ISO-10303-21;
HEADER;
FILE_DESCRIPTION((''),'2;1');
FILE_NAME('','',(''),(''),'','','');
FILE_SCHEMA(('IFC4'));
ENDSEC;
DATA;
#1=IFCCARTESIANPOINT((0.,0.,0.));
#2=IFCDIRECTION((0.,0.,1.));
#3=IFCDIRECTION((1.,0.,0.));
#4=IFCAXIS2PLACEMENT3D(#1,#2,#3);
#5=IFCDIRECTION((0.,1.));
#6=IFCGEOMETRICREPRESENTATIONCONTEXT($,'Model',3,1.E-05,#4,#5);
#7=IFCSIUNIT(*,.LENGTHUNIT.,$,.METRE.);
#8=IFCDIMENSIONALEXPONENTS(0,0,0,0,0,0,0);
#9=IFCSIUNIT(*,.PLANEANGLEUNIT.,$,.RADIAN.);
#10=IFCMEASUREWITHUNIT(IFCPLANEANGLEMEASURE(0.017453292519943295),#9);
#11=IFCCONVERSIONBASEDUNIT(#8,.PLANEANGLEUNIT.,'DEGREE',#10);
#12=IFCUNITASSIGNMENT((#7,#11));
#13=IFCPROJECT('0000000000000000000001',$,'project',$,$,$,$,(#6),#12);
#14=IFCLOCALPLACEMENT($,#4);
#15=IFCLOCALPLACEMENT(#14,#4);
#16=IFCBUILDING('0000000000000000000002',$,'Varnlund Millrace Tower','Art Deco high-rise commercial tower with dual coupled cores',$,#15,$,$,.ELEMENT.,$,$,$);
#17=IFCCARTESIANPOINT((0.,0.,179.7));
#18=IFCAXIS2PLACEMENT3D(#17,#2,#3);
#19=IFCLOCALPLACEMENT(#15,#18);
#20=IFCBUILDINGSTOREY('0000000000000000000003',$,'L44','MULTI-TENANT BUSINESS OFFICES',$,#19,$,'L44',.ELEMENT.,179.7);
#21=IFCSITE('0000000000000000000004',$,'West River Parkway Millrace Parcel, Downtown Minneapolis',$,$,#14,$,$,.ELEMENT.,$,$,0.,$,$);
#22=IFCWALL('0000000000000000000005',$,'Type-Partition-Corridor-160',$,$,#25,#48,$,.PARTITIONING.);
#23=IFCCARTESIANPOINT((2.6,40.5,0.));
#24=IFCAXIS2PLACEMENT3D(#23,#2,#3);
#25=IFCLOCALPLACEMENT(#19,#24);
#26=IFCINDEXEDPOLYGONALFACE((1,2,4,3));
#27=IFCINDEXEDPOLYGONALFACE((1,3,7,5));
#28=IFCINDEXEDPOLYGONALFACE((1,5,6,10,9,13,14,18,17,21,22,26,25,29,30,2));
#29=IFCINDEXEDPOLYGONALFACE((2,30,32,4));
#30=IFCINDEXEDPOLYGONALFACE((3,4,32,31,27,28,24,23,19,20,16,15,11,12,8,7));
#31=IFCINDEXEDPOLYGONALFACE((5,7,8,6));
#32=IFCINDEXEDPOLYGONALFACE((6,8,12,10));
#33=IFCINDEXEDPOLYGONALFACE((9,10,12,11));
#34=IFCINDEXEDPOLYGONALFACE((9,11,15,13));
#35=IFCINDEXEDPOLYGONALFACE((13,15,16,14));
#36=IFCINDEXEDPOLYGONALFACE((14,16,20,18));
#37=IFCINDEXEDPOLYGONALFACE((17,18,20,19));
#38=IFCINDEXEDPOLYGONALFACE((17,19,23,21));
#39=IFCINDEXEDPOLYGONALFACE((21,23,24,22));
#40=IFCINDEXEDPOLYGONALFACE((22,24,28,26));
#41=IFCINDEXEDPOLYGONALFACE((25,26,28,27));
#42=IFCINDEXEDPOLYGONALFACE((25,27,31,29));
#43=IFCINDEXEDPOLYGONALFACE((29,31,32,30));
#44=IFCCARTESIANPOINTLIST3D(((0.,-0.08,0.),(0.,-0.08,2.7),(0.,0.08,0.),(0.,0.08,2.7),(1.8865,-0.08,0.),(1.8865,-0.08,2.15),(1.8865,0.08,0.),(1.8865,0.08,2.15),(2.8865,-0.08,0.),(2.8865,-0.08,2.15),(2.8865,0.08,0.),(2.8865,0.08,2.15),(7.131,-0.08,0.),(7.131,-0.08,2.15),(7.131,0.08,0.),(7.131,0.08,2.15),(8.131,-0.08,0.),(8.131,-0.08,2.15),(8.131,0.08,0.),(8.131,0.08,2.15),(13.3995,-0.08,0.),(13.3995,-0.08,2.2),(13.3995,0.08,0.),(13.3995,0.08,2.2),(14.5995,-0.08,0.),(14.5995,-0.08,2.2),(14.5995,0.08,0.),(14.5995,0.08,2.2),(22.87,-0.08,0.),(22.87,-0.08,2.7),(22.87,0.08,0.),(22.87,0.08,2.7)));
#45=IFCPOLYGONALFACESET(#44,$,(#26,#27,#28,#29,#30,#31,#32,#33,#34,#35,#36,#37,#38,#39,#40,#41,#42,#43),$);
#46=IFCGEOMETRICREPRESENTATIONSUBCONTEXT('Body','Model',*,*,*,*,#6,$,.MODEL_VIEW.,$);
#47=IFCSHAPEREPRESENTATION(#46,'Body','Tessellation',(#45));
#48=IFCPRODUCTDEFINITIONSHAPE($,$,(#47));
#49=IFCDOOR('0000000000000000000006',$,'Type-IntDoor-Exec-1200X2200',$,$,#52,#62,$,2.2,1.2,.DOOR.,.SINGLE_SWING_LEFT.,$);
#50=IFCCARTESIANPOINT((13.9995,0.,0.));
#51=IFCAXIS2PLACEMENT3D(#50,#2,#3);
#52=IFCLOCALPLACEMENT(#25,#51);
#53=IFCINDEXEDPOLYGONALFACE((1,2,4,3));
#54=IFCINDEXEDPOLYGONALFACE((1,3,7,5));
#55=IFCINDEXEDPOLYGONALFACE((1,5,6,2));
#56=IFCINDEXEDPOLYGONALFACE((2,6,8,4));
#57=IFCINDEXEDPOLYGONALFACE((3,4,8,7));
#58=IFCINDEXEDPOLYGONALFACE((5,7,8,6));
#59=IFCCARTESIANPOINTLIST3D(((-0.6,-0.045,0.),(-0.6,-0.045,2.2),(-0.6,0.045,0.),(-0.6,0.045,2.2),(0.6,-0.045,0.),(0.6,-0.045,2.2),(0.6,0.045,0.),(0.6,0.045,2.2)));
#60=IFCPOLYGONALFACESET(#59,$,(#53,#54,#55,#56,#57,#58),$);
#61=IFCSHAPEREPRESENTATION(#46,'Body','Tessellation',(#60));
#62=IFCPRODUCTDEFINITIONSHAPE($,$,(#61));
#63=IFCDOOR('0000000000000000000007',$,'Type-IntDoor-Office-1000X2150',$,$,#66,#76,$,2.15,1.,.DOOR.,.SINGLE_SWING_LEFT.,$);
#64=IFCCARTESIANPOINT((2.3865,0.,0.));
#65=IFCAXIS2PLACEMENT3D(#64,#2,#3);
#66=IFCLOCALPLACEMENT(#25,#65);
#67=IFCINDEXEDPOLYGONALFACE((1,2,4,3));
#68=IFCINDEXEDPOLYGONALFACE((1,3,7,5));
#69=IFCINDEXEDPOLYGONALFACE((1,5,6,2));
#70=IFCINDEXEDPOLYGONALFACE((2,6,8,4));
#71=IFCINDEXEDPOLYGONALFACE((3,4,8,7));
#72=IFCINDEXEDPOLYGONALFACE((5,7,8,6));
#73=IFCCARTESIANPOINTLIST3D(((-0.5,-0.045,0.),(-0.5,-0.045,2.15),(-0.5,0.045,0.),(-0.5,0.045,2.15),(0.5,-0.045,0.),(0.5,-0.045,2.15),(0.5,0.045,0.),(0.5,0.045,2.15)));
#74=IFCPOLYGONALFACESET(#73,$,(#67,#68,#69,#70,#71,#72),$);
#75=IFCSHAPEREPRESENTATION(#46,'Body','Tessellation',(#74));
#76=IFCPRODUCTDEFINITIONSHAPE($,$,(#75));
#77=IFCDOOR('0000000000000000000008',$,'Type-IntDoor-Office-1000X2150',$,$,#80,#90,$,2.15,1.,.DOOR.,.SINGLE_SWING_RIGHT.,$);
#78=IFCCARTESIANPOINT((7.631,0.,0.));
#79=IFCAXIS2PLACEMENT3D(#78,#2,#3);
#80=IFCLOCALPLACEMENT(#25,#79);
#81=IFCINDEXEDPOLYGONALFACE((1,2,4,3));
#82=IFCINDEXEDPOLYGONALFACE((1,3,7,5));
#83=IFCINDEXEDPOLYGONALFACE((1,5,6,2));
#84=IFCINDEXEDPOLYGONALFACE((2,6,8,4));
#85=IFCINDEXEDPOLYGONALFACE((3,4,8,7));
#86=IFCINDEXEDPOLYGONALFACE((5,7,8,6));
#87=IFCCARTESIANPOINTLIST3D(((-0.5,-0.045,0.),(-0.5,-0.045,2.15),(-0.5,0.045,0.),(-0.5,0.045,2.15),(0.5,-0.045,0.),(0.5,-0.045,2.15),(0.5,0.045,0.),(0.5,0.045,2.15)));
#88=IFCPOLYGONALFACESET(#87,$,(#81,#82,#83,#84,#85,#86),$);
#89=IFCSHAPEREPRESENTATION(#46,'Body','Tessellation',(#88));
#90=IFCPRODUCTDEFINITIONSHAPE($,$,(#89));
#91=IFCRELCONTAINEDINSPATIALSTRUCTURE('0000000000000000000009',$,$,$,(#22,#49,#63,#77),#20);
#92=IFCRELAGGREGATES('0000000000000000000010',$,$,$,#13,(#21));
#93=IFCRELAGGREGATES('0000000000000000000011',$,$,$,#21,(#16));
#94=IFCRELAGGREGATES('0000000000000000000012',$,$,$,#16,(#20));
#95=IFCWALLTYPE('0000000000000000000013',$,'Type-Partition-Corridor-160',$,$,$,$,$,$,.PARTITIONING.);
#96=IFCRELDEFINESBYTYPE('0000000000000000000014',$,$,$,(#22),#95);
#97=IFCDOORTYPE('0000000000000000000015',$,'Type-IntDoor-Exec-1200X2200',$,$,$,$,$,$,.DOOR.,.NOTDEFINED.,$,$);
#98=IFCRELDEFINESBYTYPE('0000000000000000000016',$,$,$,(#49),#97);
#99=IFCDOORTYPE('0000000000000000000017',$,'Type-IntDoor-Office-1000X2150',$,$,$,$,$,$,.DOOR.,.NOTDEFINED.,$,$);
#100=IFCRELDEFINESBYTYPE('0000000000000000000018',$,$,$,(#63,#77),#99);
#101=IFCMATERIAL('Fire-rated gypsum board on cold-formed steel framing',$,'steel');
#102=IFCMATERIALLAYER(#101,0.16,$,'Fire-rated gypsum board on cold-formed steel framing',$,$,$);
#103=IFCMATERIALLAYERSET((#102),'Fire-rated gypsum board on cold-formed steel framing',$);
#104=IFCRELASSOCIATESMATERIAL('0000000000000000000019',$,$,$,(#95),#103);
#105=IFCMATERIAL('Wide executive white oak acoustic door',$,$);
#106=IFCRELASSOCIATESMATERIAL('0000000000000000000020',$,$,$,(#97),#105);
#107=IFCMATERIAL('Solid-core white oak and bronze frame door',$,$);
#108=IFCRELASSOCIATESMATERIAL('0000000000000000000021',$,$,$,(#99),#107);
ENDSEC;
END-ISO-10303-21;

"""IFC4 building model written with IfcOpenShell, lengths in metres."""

from ifc_helpers import new_model, entity, si_unit, converted_unit, direction, frame, origin_with_axes, origin_2d_with_axis, place, context, subcontext, project, spatial, polyline, rectangle, outline, extrude, material, layer, layer_set, type_object, element, fill, save


model = new_model("IFC4")

# Units and contexts
model_context = context("Model", 3, precision=1e-05, world=origin_with_axes(), true_north=direction((0.0, 1.0)))
body_context = subcontext(model_context, "Body", "Model", "MODEL_VIEW")
ifc_project = project(units=[si_unit("LENGTHUNIT", "METRE"), converted_unit("PLANEANGLEUNIT", "DEGREE", entity("IfcPlaneAngleMeasure", 0.017453292519943295), si_unit("PLANEANGLEUNIT", "RADIAN"), dimensions=[0, 0, 0, 0, 0, 0, 0])], contexts=[model_context])

# Site, building, storey
site_placement = place(None, origin_with_axes())
site = spatial("IfcSite", under=ifc_project, at=site_placement, Name="West River Parkway Millrace Parcel, Downtown Minneapolis", CompositionType="ELEMENT", RefElevation=0.0)
building_placement = place(site_placement, origin_with_axes())
building = spatial("IfcBuilding", under=site, at=building_placement, Name="Varnlund Millrace Tower", Description="Art Deco high-rise commercial tower with dual coupled cores", CompositionType="ELEMENT")
storey_placement = place(building_placement, frame((0.0, 0.0, 179.7), z_axis=(0.0, 0.0, 1.0), x_axis=(1.0, 0.0, 0.0)))
storey = spatial("IfcBuildingStorey", under=building, at=storey_placement, Name="L44", Description="MULTI-TENANT BUSINESS OFFICES", LongName="L44", CompositionType="ELEMENT", Elevation=179.7)

# Shared definitions
ifc_material_1 = material(Name="Fire-rated gypsum board on cold-formed steel framing", Category="steel")
ifc_layer_1 = layer(ifc_material_1, 0.16, Name="Fire-rated gypsum board on cold-formed steel framing")
ifc_layer_set_1 = layer_set([ifc_layer_1], Name="Fire-rated gypsum board on cold-formed steel framing")
wall_type_1 = type_object("IfcWallType", Name="Type-Partition-Corridor-160", PredefinedType="PARTITIONING", material=ifc_layer_set_1)

# Wall, openings, doors
wall_1_placement = place(storey_placement, frame((2.6, 40.5, 0.0), z_axis=(0.0, 0.0, 1.0), x_axis=(1.0, 0.0, 0.0)))
wall_1 = element("IfcWall", 1, at=wall_1_placement, inside=storey, type_object=wall_type_1, Name="Type-Partition-Corridor-160", PredefinedType="PARTITIONING", context=body_context, shape_type="SweptSolid", body=[
    extrude(outline(polyline([(0.0, -0.08), (22.87, -0.08), (22.87, 0.08), (0.0, 0.08), (0.0, -0.08)])), origin_with_axes(), (0.0, 0.0, 1.0), 2.7),
])
opening_1_placement = place(wall_1_placement, frame((2.3865, 0.0, 0.0), z_axis=(0.0, 0.0, 1.0), x_axis=(1.0, 0.0, 0.0)))
opening_1 = element("IfcOpeningElement", 2, at=opening_1_placement, cuts=wall_1, PredefinedType="OPENING", context=body_context, shape_type="SweptSolid", body=[
    extrude(rectangle(XDim=1.0, YDim=0.18, at=origin_2d_with_axis()), origin_with_axes(), (0.0, 0.0, 1.0), 2.15),
])
opening_2_placement = place(wall_1_placement, frame((7.631, 0.0, 0.0), z_axis=(0.0, 0.0, 1.0), x_axis=(1.0, 0.0, 0.0)))
opening_2 = element("IfcOpeningElement", 3, at=opening_2_placement, cuts=wall_1, PredefinedType="OPENING", context=body_context, shape_type="SweptSolid", body=[
    extrude(rectangle(XDim=1.0, YDim=0.18, at=origin_2d_with_axis()), origin_with_axes(), (0.0, 0.0, 1.0), 2.15),
])
opening_3_placement = place(wall_1_placement, frame((13.9995, 0.0, 0.0), z_axis=(0.0, 0.0, 1.0), x_axis=(1.0, 0.0, 0.0)))
opening_3 = element("IfcOpeningElement", 4, at=opening_3_placement, cuts=wall_1, PredefinedType="OPENING", context=body_context, shape_type="SweptSolid", body=[
    extrude(rectangle(XDim=1.2, YDim=0.18, at=origin_2d_with_axis()), origin_with_axes(), (0.0, 0.0, 1.0), 2.2),
])
ifc_material_2 = material(Name="Wide executive white oak acoustic door")
door_type_1 = type_object("IfcDoorType", Name="Type-IntDoor-Exec-1200X2200", OperationType="NOTDEFINED", PredefinedType="DOOR", material=ifc_material_2)
door_1_placement = place(wall_1_placement, frame((13.9995, 0.0, 0.0), z_axis=(0.0, 0.0, 1.0), x_axis=(1.0, 0.0, 0.0)))
door_1 = element("IfcDoor", 5, at=door_1_placement, inside=storey, type_object=door_type_1, Name="Type-IntDoor-Exec-1200X2200", OperationType="SINGLE_SWING_LEFT", OverallHeight=2.2, OverallWidth=1.2, PredefinedType="DOOR", context=body_context, shape_type="SweptSolid", body=[
    extrude(rectangle(XDim=1.2, YDim=0.09, at=origin_2d_with_axis()), origin_with_axes(), (0.0, 0.0, 1.0), 2.2),
])
fill(opening_3, door_1)
ifc_material_3 = material(Name="Solid-core white oak and bronze frame door")
door_type_2 = type_object("IfcDoorType", Name="Type-IntDoor-Office-1000X2150", OperationType="NOTDEFINED", PredefinedType="DOOR", material=ifc_material_3)
door_2_placement = place(wall_1_placement, frame((2.3865, 0.0, 0.0), z_axis=(0.0, 0.0, 1.0), x_axis=(1.0, 0.0, 0.0)))
door_2 = element("IfcDoor", 6, at=door_2_placement, inside=storey, type_object=door_type_2, Name="Type-IntDoor-Office-1000X2150", OperationType="SINGLE_SWING_LEFT", OverallHeight=2.15, OverallWidth=1.0, PredefinedType="DOOR", context=body_context, shape_type="SweptSolid", body=[
    extrude(rectangle(XDim=1.0, YDim=0.09, at=origin_2d_with_axis()), origin_with_axes(), (0.0, 0.0, 1.0), 2.15),
])
fill(opening_1, door_2)
door_3_placement = place(wall_1_placement, frame((7.631, 0.0, 0.0), z_axis=(0.0, 0.0, 1.0), x_axis=(1.0, 0.0, 0.0)))
door_3 = element("IfcDoor", 7, at=door_3_placement, inside=storey, type_object=door_type_2, Name="Type-IntDoor-Office-1000X2150", OperationType="SINGLE_SWING_RIGHT", OverallHeight=2.15, OverallWidth=1.0, PredefinedType="DOOR", context=body_context, shape_type="SweptSolid", body=[
    extrude(rectangle(XDim=1.0, YDim=0.09, at=origin_2d_with_axis()), origin_with_axes(), (0.0, 0.0, 1.0), 2.15),
])
fill(opening_2, door_3)

save(model, "model.ifc")
